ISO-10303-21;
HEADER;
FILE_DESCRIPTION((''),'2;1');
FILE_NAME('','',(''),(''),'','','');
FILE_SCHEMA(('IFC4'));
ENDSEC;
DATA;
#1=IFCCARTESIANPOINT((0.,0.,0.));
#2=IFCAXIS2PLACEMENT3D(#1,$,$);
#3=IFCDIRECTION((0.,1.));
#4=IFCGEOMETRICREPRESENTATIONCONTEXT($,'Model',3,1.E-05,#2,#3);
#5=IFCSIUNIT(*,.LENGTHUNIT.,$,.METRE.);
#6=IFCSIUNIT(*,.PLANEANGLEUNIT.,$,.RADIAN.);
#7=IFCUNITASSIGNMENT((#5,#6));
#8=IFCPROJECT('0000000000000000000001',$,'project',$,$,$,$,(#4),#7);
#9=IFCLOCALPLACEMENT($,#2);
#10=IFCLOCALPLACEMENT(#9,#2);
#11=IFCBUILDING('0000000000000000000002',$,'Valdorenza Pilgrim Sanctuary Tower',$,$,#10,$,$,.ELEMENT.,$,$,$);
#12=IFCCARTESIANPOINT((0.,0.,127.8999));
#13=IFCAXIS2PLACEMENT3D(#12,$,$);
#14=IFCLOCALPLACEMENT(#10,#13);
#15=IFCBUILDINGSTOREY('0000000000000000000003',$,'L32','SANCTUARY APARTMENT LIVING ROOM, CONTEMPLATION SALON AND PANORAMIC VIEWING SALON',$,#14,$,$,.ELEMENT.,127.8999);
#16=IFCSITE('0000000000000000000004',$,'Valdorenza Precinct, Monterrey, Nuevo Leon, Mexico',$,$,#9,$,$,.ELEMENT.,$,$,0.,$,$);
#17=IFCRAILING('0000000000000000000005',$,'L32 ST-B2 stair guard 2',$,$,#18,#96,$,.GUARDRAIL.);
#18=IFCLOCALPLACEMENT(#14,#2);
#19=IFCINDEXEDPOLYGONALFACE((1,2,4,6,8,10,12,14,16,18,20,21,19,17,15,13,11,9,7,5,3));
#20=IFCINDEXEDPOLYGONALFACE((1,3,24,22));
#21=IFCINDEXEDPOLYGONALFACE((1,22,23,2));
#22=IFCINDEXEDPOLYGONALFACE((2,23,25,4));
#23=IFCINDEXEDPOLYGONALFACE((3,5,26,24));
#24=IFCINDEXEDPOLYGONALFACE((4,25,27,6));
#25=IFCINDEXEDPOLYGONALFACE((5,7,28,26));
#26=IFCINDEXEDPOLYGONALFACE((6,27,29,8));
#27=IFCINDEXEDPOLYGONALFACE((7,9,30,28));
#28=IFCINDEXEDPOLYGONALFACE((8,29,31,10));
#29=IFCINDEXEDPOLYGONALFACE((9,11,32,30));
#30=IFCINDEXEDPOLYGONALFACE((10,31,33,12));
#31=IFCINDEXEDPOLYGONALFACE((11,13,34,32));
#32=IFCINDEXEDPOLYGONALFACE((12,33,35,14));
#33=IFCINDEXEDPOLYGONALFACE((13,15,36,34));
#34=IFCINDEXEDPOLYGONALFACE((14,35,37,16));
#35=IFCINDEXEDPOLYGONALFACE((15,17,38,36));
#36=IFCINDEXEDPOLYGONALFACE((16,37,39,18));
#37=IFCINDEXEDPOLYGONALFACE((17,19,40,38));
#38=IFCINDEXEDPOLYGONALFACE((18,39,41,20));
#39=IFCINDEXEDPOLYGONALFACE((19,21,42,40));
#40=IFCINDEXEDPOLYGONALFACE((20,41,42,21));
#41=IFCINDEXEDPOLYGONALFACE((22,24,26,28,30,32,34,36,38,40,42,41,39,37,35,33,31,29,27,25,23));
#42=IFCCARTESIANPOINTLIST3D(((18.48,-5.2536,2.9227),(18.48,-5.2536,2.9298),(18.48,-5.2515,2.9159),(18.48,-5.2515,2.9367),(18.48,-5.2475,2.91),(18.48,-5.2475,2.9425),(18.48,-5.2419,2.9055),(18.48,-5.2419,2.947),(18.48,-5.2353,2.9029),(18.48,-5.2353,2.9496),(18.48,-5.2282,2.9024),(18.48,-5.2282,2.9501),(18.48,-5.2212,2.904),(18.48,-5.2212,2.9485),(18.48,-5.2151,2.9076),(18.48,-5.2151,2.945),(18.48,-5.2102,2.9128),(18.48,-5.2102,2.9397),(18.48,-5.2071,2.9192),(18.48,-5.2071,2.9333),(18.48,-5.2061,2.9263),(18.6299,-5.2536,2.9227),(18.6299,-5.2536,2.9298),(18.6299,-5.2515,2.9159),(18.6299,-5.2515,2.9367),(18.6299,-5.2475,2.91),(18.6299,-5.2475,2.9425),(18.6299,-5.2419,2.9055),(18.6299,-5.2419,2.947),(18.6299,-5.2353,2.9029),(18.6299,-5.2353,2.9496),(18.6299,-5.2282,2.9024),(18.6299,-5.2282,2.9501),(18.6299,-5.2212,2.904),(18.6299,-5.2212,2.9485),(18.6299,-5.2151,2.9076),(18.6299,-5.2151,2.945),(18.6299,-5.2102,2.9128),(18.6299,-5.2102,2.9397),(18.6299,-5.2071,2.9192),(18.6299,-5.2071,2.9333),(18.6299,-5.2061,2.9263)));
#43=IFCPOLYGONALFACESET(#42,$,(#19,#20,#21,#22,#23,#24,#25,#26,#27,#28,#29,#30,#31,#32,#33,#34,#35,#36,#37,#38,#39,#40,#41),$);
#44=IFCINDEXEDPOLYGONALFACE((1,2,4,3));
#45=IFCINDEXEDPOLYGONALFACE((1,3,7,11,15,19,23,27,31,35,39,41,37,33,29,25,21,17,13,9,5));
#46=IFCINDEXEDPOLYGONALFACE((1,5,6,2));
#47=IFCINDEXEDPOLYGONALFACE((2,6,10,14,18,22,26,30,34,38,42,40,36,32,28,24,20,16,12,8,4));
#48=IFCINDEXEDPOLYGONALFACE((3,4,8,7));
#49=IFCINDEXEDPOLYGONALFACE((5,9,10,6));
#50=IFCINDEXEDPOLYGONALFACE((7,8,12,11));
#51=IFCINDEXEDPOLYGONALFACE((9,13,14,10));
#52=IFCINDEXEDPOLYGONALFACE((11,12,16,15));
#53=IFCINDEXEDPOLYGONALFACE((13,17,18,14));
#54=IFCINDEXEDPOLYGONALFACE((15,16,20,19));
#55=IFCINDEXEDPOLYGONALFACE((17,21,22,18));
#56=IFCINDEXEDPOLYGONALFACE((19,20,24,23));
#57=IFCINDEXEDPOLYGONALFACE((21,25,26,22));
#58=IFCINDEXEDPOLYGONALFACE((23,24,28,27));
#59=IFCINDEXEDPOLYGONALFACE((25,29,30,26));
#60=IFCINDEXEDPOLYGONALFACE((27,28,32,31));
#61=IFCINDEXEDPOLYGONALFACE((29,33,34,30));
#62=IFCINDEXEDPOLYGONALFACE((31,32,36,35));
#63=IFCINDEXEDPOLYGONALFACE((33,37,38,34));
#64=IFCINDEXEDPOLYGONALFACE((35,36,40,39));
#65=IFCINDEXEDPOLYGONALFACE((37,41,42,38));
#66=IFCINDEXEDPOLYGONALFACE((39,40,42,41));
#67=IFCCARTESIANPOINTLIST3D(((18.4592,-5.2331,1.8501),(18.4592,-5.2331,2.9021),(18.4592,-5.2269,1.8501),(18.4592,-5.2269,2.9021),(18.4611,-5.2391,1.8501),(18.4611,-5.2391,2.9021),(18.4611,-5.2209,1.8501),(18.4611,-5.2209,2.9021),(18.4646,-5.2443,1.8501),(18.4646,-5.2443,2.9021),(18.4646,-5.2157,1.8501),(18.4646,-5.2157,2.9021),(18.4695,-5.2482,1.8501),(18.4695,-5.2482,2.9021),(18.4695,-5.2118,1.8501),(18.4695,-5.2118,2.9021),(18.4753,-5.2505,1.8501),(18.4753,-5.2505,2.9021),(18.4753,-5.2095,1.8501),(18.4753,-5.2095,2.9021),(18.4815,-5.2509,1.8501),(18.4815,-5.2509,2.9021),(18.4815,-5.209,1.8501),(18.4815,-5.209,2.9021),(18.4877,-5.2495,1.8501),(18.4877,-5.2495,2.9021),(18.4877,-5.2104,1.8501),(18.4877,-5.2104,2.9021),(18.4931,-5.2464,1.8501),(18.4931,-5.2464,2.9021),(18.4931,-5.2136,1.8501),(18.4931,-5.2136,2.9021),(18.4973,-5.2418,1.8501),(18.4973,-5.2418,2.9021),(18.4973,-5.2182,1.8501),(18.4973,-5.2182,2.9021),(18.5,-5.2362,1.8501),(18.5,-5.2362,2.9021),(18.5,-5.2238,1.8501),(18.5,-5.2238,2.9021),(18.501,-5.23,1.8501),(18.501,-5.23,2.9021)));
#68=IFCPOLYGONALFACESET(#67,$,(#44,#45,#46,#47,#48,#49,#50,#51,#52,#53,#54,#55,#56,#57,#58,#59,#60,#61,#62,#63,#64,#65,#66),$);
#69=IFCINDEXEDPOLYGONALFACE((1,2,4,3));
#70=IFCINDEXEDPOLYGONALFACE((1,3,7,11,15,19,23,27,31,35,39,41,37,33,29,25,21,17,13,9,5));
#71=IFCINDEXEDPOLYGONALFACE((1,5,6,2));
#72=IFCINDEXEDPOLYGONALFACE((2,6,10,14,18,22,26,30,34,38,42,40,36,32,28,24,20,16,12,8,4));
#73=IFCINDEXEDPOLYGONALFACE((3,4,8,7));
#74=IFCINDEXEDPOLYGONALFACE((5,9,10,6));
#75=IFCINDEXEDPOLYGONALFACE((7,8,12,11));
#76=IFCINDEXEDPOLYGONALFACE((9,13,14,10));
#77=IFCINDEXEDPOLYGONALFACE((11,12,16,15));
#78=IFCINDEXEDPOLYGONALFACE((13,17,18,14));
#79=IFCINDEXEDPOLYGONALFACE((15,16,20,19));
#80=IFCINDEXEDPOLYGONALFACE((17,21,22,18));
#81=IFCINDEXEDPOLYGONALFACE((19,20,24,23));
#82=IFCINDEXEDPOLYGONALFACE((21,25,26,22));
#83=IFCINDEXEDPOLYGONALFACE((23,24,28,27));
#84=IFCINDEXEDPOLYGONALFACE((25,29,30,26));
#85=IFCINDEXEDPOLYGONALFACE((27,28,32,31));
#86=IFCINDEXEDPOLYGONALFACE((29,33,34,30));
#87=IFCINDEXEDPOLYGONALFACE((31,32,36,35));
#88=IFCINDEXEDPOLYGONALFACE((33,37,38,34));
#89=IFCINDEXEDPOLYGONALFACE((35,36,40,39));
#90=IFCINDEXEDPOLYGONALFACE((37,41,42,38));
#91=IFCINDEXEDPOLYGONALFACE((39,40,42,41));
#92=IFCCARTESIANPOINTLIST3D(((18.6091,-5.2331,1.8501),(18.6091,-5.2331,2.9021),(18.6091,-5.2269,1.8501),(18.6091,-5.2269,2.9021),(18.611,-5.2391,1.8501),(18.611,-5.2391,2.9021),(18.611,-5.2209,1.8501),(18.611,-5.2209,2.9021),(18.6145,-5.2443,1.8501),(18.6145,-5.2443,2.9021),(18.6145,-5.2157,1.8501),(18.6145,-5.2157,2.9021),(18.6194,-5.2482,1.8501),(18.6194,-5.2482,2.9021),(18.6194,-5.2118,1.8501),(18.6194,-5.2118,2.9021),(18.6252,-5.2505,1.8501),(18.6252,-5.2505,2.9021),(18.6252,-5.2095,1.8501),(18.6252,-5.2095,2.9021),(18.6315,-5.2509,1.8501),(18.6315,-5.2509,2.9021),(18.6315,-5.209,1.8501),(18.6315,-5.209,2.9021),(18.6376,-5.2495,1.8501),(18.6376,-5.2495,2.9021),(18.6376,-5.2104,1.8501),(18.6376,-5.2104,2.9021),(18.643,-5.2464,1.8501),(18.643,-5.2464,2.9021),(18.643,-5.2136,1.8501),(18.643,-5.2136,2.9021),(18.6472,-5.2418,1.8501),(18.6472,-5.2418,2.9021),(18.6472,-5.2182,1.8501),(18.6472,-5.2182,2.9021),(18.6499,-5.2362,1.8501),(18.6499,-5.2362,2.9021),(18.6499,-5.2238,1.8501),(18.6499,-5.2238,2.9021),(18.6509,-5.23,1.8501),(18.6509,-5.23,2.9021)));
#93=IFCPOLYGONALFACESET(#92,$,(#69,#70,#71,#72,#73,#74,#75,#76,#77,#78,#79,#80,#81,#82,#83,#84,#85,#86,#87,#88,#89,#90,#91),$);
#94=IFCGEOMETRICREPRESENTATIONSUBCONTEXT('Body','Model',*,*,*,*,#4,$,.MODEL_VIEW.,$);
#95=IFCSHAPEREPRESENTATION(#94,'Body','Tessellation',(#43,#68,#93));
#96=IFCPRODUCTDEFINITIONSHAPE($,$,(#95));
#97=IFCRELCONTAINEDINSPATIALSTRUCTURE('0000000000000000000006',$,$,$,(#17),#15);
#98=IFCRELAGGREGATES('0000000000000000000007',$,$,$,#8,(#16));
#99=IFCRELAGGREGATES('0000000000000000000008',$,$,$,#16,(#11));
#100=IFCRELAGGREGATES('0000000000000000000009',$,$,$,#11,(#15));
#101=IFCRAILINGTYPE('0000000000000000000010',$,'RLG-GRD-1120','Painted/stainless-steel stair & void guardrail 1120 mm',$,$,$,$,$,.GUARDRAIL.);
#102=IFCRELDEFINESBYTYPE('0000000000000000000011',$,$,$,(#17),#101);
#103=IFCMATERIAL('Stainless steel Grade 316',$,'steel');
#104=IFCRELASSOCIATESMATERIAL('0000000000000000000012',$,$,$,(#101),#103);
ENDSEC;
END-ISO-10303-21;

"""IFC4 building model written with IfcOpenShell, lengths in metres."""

from ifc_helpers import new_model, si_unit, direction, frame, origin, origin_2d, place, context, subcontext, project, spatial, circle, extrude, material, type_object, element, save


model = new_model("IFC4")

# Units and contexts
model_context = context("Model", 3, precision=1e-05, world=origin(), true_north=direction((0.0, 1.0)))
body_context = subcontext(model_context, "Body", "Model", "MODEL_VIEW")
ifc_project = project(units=[si_unit("LENGTHUNIT", "METRE"), si_unit("PLANEANGLEUNIT", "RADIAN")], contexts=[model_context])

# Site, building, storey
site_placement = place(None, origin())
site = spatial("IfcSite", under=ifc_project, at=site_placement, Name="Valdorenza Precinct, Monterrey, Nuevo Leon, Mexico", CompositionType="ELEMENT", RefElevation=0.0)
building_placement = place(site_placement, origin())
building = spatial("IfcBuilding", under=site, at=building_placement, Name="Valdorenza Pilgrim Sanctuary Tower", CompositionType="ELEMENT")
storey_placement = place(building_placement, frame((0.0, 0.0, 127.8999)))
storey = spatial("IfcBuildingStorey", under=building, at=storey_placement, Name="L32", Description="SANCTUARY APARTMENT LIVING ROOM, CONTEMPLATION SALON AND PANORAMIC VIEWING SALON", CompositionType="ELEMENT", Elevation=127.8999)

# Railing
ifc_material_1 = material(Name="Stainless steel Grade 316", Category="steel")
railing_type_1 = type_object("IfcRailingType", Name="RLG-GRD-1120", Description="Painted/stainless-steel stair & void guardrail 1120 mm", PredefinedType="GUARDRAIL", material=ifc_material_1)
railing_1_placement = place(storey_placement, frame((18.48, -5.23, 1.8501)))
element("IfcRailing", 1, at=railing_1_placement, inside=storey, type_object=railing_type_1, Name="L32 ST-B2 stair guard 2", PredefinedType="GUARDRAIL", context=body_context, shape_type="SweptSolid", body=[
    extrude(circle(Radius=0.0239, at=origin_2d()), frame((0.0, 0.0, 1.0762), z_axis=(1.0, 0.0, 0.0), x_axis=(0.0, 1.0, 0.0)), (0.0, 0.0, 1.0), 0.1499),
    extrude(circle(Radius=0.021, at=origin_2d()), origin(), (0.0, 0.0, 1.0), 1.052),
    extrude(circle(Radius=0.021, at=origin_2d()), frame((0.1499, 0.0, 0.0)), (0.0, 0.0, 1.0), 1.052),
])

save(model, "model.ifc")
